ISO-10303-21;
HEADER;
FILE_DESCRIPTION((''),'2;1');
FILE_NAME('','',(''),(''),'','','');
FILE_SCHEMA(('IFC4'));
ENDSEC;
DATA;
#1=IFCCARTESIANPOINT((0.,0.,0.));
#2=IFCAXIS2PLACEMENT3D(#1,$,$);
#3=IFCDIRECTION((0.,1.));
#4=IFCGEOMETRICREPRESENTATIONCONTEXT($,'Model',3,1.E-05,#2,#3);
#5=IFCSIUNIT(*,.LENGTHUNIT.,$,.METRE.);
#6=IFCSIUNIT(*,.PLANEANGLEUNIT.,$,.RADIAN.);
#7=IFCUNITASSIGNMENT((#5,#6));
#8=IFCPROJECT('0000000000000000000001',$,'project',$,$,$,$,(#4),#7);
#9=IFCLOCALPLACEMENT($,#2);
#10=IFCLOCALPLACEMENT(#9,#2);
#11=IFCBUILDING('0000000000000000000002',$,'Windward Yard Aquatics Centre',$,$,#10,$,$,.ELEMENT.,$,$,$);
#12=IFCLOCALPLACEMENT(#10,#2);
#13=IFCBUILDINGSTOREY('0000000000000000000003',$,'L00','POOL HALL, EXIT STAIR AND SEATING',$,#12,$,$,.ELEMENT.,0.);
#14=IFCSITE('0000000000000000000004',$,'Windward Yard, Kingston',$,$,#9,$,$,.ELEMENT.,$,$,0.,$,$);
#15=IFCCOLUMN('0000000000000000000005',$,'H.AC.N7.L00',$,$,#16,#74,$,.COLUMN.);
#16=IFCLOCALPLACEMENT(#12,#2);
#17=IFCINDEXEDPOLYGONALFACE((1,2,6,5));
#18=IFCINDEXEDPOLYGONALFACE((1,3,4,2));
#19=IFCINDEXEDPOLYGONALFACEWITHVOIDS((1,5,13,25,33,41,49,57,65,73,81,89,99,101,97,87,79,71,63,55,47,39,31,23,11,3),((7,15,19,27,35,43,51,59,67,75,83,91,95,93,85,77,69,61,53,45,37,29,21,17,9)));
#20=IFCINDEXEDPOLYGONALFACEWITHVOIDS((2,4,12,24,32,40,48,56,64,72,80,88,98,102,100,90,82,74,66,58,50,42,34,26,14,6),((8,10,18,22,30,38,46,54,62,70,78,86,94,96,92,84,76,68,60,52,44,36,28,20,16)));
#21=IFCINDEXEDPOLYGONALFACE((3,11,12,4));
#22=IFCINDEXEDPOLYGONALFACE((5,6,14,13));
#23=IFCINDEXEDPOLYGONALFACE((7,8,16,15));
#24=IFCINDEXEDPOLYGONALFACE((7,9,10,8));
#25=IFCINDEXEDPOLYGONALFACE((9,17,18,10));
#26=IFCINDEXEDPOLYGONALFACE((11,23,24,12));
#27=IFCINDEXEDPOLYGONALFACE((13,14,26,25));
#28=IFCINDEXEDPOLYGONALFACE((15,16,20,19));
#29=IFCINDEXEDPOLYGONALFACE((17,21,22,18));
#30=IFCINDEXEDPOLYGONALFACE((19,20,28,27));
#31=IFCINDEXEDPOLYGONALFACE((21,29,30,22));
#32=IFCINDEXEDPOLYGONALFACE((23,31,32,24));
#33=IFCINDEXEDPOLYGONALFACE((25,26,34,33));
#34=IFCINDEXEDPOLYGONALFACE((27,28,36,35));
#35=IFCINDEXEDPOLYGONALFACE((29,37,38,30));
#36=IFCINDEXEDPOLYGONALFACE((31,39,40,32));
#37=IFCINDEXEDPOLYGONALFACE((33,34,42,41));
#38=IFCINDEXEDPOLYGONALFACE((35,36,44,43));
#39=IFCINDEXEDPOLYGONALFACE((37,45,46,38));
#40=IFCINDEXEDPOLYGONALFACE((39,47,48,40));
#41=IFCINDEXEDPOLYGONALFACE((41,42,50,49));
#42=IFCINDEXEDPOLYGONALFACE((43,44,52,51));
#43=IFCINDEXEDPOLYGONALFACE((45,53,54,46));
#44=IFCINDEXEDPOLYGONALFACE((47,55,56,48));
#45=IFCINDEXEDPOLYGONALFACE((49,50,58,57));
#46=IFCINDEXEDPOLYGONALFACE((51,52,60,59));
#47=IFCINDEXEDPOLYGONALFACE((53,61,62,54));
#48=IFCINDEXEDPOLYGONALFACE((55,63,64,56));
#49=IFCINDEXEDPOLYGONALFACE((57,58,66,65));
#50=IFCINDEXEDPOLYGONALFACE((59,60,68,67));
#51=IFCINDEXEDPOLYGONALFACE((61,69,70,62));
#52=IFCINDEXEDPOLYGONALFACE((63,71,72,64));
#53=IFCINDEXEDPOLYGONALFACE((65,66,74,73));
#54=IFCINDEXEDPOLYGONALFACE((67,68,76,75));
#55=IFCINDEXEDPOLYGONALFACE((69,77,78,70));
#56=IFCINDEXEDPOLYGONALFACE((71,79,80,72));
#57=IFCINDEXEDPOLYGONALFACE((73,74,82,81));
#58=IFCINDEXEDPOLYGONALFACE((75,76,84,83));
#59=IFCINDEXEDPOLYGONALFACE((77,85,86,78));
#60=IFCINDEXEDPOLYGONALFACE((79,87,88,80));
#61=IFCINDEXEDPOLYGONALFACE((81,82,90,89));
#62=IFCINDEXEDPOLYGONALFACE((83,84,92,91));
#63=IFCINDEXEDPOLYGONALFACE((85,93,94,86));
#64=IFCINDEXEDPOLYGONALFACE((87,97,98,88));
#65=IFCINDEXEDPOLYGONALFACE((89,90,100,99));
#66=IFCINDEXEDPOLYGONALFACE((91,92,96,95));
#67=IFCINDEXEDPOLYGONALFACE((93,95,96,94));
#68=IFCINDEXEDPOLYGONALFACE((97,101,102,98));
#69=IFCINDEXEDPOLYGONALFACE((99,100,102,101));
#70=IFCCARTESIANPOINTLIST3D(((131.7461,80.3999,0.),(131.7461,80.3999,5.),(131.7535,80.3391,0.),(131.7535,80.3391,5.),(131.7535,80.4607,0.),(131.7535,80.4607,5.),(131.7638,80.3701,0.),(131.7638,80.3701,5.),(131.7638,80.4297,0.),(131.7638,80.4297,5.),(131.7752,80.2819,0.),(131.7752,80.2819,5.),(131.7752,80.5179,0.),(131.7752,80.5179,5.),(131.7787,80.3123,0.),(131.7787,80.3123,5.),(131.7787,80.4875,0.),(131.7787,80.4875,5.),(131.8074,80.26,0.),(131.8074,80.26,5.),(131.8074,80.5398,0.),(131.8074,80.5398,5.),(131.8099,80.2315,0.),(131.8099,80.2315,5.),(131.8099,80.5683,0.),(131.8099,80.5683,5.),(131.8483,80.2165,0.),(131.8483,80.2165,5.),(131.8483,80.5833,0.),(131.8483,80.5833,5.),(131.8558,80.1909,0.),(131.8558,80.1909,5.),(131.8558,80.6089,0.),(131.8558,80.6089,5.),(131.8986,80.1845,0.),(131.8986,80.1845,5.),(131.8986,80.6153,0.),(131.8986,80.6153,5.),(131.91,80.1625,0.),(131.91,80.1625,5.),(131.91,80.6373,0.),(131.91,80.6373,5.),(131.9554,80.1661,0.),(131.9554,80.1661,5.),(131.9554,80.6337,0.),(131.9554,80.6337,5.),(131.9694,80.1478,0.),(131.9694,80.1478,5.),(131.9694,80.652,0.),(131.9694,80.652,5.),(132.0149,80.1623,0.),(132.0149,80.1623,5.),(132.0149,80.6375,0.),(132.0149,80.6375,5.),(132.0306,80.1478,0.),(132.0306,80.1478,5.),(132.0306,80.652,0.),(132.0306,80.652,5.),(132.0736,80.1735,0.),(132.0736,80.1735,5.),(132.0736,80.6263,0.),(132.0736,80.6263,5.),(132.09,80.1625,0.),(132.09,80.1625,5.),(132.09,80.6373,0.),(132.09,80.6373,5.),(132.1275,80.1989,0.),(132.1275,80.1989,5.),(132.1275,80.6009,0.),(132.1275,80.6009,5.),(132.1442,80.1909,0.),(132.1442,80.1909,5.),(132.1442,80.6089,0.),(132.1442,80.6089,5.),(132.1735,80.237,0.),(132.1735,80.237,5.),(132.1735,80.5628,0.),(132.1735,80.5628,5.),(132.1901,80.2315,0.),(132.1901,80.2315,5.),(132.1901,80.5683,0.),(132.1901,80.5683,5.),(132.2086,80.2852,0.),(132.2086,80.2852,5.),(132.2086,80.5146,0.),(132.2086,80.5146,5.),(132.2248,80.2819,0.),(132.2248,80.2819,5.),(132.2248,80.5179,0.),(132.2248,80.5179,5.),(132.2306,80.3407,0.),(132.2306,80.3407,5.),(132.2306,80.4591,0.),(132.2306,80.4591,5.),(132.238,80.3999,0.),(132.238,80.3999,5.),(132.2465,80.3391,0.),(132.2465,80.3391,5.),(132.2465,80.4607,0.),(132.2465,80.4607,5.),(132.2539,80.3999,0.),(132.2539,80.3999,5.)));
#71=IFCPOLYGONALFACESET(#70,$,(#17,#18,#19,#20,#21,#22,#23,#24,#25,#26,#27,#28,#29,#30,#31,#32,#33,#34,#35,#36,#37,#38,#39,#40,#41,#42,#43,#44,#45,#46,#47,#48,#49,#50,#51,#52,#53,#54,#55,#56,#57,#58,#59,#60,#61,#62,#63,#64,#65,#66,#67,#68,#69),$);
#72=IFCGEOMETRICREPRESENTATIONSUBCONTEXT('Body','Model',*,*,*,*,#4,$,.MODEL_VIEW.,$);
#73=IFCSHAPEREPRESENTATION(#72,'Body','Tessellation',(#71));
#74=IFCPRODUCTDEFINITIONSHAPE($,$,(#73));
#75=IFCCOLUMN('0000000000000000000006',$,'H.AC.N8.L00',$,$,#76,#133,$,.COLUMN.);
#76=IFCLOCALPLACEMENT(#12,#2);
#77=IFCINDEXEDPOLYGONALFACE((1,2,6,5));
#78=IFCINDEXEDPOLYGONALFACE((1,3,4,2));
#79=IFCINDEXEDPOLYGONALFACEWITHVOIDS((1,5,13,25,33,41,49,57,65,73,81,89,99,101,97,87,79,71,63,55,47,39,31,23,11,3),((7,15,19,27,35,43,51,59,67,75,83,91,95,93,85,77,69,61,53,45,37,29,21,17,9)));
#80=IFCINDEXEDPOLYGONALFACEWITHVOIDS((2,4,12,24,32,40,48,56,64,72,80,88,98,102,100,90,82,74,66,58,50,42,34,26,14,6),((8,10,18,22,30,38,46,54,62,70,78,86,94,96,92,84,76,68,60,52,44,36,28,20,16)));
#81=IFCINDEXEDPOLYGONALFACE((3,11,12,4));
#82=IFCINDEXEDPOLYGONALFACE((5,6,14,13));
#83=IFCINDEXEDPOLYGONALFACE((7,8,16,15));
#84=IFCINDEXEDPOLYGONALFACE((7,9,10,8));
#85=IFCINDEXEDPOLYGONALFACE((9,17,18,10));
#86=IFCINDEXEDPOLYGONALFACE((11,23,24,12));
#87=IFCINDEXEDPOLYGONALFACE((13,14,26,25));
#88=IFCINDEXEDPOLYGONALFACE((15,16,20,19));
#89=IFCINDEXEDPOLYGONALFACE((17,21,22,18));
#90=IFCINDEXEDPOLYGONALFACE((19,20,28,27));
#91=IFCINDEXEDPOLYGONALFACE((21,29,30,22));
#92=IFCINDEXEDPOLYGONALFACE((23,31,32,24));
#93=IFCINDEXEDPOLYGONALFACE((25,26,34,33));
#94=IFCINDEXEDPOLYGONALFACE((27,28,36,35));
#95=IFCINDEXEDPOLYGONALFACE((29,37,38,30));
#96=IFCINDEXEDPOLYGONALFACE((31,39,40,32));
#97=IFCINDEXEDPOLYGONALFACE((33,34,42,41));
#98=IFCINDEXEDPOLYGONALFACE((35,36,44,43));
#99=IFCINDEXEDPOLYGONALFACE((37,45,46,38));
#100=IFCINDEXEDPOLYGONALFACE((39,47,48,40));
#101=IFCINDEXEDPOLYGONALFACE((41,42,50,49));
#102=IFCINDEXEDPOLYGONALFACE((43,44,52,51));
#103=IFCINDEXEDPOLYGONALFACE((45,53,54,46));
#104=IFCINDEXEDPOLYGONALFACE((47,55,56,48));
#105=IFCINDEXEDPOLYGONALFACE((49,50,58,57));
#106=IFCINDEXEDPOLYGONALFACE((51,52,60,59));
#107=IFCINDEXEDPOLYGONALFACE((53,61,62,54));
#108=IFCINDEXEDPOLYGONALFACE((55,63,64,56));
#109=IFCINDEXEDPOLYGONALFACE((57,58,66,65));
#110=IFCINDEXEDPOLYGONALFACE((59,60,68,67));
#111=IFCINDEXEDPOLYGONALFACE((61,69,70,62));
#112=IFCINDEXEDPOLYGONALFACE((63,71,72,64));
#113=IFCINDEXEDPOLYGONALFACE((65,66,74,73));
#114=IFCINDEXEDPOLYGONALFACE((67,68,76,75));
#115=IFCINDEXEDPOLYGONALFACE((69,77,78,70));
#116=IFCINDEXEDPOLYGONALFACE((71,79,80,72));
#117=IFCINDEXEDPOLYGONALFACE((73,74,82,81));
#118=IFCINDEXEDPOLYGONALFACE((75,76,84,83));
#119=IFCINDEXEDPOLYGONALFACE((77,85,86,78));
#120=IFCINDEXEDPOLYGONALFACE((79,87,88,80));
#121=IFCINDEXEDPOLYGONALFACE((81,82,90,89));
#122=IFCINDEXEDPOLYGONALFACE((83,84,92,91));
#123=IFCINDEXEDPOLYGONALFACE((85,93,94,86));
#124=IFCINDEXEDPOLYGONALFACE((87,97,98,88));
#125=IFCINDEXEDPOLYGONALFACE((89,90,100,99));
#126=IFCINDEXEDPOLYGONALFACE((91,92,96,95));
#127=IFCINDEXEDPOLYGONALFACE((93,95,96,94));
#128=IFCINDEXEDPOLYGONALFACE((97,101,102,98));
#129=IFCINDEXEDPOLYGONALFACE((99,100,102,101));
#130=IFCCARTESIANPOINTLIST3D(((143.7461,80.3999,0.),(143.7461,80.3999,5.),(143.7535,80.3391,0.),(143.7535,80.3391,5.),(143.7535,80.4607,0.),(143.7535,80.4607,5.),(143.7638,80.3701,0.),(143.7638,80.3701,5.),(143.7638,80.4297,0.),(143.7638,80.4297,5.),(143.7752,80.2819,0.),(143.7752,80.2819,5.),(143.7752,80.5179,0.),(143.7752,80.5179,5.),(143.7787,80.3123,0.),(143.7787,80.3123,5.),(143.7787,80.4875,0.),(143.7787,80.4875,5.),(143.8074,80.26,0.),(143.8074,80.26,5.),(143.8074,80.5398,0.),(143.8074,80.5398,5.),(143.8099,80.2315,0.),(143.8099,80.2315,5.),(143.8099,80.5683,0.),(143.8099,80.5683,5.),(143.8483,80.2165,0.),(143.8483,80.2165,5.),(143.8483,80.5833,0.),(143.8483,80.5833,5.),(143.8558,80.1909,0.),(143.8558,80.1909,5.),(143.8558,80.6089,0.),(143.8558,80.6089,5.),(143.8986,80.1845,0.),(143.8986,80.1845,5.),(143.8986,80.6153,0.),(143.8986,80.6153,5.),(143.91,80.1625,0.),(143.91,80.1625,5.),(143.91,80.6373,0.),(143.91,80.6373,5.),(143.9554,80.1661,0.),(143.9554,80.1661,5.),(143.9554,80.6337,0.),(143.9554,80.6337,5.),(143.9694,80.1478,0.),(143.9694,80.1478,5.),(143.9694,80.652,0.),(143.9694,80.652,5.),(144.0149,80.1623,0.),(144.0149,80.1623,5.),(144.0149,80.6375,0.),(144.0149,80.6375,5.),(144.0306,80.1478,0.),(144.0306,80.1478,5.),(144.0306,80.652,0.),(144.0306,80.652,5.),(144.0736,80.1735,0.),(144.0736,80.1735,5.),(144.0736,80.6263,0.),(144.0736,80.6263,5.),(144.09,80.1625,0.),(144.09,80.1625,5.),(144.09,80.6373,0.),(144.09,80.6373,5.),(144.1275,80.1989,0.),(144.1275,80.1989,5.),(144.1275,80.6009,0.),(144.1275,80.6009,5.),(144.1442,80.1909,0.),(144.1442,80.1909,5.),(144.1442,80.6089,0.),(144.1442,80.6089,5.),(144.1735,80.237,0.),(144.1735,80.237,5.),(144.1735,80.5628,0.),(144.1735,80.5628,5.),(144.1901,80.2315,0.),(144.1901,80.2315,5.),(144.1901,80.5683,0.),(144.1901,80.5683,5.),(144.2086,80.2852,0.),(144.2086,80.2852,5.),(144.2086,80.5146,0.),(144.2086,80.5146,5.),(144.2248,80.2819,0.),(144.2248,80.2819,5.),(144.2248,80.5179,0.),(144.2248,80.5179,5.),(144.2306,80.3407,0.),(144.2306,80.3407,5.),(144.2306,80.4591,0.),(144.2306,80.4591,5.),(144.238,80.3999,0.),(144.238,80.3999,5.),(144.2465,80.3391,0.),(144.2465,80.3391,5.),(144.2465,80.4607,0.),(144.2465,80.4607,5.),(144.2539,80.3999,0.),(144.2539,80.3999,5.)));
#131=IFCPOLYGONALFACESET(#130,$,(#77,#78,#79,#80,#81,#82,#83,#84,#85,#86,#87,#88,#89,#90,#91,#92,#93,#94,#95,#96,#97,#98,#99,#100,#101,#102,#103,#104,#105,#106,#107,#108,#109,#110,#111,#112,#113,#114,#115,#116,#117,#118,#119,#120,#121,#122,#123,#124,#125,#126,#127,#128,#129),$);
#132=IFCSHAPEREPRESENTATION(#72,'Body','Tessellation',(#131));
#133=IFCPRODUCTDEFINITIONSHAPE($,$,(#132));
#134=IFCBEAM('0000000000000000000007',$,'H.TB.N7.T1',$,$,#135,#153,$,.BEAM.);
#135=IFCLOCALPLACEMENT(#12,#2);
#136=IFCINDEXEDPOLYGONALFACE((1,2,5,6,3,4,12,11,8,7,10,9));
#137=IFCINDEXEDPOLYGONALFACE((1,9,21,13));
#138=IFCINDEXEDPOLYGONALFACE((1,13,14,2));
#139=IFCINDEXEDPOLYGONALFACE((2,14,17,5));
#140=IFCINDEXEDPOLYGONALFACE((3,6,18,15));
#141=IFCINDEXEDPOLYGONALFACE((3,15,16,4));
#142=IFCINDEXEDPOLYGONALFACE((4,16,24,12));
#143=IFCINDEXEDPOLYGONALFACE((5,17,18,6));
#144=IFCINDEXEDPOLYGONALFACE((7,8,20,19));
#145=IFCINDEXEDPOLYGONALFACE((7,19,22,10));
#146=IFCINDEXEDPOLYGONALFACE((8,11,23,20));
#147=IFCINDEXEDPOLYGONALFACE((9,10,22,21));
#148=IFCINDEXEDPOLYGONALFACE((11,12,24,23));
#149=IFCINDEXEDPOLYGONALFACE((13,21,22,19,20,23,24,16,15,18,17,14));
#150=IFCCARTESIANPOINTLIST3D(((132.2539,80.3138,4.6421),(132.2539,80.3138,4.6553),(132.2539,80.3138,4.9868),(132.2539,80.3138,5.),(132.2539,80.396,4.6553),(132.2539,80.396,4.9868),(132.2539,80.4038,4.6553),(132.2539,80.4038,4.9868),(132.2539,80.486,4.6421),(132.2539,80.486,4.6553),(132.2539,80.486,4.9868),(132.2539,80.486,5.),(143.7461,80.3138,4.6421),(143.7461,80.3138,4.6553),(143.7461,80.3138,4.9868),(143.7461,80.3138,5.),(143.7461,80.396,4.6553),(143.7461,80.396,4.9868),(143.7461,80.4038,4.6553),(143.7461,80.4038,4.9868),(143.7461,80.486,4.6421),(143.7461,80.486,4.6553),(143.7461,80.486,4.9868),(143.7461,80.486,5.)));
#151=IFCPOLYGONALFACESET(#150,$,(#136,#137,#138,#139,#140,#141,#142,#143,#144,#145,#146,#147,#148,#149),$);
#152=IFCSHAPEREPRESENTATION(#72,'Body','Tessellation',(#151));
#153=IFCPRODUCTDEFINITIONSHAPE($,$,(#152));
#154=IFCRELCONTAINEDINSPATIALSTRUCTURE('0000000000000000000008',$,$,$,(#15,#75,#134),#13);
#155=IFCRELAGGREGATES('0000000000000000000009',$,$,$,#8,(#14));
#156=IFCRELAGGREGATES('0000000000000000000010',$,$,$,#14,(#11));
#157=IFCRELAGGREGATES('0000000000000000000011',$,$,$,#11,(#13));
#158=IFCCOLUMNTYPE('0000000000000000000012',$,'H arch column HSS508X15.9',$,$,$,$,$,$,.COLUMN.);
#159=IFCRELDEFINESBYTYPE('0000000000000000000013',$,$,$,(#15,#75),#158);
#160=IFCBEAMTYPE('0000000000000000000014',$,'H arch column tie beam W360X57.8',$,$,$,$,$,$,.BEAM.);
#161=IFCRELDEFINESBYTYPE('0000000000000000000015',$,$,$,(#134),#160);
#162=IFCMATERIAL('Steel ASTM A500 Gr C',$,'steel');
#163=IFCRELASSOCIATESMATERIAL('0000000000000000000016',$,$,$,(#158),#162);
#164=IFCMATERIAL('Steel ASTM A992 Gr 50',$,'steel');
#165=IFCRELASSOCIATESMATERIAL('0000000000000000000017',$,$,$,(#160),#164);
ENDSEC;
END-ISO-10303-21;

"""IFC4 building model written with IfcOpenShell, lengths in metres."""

from ifc_helpers import new_model, si_unit, direction, frame, origin, origin_2d, place, context, subcontext, project, spatial, hollow_circle, i_section, extrude, material, material_profile, profile_set, type_object, element, save


model = new_model("IFC4")

# Units and contexts
model_context = context("Model", 3, precision=1e-05, world=origin(), true_north=direction((0.0, 1.0)))
body_context = subcontext(model_context, "Body", "Model", "MODEL_VIEW")
ifc_project = project(units=[si_unit("LENGTHUNIT", "METRE"), si_unit("PLANEANGLEUNIT", "RADIAN")], contexts=[model_context])

# Site, building, storey
site_placement = place(None, origin())
site = spatial("IfcSite", under=ifc_project, at=site_placement, Name="Windward Yard, Kingston", CompositionType="ELEMENT", RefElevation=0.0)
building_placement = place(site_placement, origin())
building = spatial("IfcBuilding", under=site, at=building_placement, Name="Windward Yard Aquatics Centre", CompositionType="ELEMENT")
storey_placement = place(building_placement, origin())
storey = spatial("IfcBuildingStorey", under=building, at=storey_placement, Name="L00", Description="POOL HALL, EXIT STAIR AND SEATING", CompositionType="ELEMENT", Elevation=0.0)

# Columns
ifc_material_1 = material(Name="Steel ASTM A500 Gr C", Category="steel")
ifc_material_profile_1 = material_profile(ifc_material_1, hollow_circle(Radius=0.2539, WallThickness=0.0159, at=origin_2d()), Name="HSS508X15.9")
ifc_profile_set_1 = profile_set([ifc_material_profile_1], Name="Steel ASTM A500 Gr C")
column_type = type_object("IfcColumnType", Name="H arch column HSS508X15.9", PredefinedType="COLUMN", material=ifc_profile_set_1)
for number, where, z_axis, x_axis, name in (
    (1, (132.0, 80.3999, 0.0), (0.0, 0.0, 1.0), (1.0, 0.0, 0.0), "H.AC.N7.L00"),
    (2, (144.0, 80.3999, 0.0), (0.0, 0.0, 1.0), (1.0, 0.0, 0.0), "H.AC.N8.L00"),
):
    element("IfcColumn", number, at=place(storey_placement, frame(where, z_axis=z_axis, x_axis=x_axis)), inside=storey, type_object=column_type, Name=name, PredefinedType="COLUMN", context=body_context, shape_type="SweptSolid", body=[
        extrude(hollow_circle(Radius=0.2539, WallThickness=0.0159, at=origin_2d()), origin(), (0.0, 0.0, 1.0), 5.0),
    ])

# Beam
ifc_material_2 = material(Name="Steel ASTM A992 Gr 50", Category="steel")
ifc_material_profile_2 = material_profile(ifc_material_2, i_section(OverallWidth=0.1721, OverallDepth=0.3579, WebThickness=0.0078, FlangeThickness=0.0132, at=origin_2d()), Name="W360X57.8")
ifc_profile_set_2 = profile_set([ifc_material_profile_2], Name="Steel ASTM A992 Gr 50")
beam_type_1 = type_object("IfcBeamType", Name="H arch column tie beam W360X57.8", PredefinedType="BEAM", material=ifc_profile_set_2)
beam_placement = place(storey_placement, frame((132.2539, 80.3999, 4.821), z_axis=(1.0, 0.0, 0.0), x_axis=(0.0, 1.0, 0.0)))
element("IfcBeam", 3, at=beam_placement, inside=storey, type_object=beam_type_1, Name="H.TB.N7.T1", PredefinedType="BEAM", context=body_context, shape_type="SweptSolid", body=[
    extrude(i_section(OverallWidth=0.1721, OverallDepth=0.3579, WebThickness=0.0078, FlangeThickness=0.0132, at=origin_2d()), origin(), (0.0, 0.0, 1.0), 11.4922),
])

save(model, "model.ifc")
